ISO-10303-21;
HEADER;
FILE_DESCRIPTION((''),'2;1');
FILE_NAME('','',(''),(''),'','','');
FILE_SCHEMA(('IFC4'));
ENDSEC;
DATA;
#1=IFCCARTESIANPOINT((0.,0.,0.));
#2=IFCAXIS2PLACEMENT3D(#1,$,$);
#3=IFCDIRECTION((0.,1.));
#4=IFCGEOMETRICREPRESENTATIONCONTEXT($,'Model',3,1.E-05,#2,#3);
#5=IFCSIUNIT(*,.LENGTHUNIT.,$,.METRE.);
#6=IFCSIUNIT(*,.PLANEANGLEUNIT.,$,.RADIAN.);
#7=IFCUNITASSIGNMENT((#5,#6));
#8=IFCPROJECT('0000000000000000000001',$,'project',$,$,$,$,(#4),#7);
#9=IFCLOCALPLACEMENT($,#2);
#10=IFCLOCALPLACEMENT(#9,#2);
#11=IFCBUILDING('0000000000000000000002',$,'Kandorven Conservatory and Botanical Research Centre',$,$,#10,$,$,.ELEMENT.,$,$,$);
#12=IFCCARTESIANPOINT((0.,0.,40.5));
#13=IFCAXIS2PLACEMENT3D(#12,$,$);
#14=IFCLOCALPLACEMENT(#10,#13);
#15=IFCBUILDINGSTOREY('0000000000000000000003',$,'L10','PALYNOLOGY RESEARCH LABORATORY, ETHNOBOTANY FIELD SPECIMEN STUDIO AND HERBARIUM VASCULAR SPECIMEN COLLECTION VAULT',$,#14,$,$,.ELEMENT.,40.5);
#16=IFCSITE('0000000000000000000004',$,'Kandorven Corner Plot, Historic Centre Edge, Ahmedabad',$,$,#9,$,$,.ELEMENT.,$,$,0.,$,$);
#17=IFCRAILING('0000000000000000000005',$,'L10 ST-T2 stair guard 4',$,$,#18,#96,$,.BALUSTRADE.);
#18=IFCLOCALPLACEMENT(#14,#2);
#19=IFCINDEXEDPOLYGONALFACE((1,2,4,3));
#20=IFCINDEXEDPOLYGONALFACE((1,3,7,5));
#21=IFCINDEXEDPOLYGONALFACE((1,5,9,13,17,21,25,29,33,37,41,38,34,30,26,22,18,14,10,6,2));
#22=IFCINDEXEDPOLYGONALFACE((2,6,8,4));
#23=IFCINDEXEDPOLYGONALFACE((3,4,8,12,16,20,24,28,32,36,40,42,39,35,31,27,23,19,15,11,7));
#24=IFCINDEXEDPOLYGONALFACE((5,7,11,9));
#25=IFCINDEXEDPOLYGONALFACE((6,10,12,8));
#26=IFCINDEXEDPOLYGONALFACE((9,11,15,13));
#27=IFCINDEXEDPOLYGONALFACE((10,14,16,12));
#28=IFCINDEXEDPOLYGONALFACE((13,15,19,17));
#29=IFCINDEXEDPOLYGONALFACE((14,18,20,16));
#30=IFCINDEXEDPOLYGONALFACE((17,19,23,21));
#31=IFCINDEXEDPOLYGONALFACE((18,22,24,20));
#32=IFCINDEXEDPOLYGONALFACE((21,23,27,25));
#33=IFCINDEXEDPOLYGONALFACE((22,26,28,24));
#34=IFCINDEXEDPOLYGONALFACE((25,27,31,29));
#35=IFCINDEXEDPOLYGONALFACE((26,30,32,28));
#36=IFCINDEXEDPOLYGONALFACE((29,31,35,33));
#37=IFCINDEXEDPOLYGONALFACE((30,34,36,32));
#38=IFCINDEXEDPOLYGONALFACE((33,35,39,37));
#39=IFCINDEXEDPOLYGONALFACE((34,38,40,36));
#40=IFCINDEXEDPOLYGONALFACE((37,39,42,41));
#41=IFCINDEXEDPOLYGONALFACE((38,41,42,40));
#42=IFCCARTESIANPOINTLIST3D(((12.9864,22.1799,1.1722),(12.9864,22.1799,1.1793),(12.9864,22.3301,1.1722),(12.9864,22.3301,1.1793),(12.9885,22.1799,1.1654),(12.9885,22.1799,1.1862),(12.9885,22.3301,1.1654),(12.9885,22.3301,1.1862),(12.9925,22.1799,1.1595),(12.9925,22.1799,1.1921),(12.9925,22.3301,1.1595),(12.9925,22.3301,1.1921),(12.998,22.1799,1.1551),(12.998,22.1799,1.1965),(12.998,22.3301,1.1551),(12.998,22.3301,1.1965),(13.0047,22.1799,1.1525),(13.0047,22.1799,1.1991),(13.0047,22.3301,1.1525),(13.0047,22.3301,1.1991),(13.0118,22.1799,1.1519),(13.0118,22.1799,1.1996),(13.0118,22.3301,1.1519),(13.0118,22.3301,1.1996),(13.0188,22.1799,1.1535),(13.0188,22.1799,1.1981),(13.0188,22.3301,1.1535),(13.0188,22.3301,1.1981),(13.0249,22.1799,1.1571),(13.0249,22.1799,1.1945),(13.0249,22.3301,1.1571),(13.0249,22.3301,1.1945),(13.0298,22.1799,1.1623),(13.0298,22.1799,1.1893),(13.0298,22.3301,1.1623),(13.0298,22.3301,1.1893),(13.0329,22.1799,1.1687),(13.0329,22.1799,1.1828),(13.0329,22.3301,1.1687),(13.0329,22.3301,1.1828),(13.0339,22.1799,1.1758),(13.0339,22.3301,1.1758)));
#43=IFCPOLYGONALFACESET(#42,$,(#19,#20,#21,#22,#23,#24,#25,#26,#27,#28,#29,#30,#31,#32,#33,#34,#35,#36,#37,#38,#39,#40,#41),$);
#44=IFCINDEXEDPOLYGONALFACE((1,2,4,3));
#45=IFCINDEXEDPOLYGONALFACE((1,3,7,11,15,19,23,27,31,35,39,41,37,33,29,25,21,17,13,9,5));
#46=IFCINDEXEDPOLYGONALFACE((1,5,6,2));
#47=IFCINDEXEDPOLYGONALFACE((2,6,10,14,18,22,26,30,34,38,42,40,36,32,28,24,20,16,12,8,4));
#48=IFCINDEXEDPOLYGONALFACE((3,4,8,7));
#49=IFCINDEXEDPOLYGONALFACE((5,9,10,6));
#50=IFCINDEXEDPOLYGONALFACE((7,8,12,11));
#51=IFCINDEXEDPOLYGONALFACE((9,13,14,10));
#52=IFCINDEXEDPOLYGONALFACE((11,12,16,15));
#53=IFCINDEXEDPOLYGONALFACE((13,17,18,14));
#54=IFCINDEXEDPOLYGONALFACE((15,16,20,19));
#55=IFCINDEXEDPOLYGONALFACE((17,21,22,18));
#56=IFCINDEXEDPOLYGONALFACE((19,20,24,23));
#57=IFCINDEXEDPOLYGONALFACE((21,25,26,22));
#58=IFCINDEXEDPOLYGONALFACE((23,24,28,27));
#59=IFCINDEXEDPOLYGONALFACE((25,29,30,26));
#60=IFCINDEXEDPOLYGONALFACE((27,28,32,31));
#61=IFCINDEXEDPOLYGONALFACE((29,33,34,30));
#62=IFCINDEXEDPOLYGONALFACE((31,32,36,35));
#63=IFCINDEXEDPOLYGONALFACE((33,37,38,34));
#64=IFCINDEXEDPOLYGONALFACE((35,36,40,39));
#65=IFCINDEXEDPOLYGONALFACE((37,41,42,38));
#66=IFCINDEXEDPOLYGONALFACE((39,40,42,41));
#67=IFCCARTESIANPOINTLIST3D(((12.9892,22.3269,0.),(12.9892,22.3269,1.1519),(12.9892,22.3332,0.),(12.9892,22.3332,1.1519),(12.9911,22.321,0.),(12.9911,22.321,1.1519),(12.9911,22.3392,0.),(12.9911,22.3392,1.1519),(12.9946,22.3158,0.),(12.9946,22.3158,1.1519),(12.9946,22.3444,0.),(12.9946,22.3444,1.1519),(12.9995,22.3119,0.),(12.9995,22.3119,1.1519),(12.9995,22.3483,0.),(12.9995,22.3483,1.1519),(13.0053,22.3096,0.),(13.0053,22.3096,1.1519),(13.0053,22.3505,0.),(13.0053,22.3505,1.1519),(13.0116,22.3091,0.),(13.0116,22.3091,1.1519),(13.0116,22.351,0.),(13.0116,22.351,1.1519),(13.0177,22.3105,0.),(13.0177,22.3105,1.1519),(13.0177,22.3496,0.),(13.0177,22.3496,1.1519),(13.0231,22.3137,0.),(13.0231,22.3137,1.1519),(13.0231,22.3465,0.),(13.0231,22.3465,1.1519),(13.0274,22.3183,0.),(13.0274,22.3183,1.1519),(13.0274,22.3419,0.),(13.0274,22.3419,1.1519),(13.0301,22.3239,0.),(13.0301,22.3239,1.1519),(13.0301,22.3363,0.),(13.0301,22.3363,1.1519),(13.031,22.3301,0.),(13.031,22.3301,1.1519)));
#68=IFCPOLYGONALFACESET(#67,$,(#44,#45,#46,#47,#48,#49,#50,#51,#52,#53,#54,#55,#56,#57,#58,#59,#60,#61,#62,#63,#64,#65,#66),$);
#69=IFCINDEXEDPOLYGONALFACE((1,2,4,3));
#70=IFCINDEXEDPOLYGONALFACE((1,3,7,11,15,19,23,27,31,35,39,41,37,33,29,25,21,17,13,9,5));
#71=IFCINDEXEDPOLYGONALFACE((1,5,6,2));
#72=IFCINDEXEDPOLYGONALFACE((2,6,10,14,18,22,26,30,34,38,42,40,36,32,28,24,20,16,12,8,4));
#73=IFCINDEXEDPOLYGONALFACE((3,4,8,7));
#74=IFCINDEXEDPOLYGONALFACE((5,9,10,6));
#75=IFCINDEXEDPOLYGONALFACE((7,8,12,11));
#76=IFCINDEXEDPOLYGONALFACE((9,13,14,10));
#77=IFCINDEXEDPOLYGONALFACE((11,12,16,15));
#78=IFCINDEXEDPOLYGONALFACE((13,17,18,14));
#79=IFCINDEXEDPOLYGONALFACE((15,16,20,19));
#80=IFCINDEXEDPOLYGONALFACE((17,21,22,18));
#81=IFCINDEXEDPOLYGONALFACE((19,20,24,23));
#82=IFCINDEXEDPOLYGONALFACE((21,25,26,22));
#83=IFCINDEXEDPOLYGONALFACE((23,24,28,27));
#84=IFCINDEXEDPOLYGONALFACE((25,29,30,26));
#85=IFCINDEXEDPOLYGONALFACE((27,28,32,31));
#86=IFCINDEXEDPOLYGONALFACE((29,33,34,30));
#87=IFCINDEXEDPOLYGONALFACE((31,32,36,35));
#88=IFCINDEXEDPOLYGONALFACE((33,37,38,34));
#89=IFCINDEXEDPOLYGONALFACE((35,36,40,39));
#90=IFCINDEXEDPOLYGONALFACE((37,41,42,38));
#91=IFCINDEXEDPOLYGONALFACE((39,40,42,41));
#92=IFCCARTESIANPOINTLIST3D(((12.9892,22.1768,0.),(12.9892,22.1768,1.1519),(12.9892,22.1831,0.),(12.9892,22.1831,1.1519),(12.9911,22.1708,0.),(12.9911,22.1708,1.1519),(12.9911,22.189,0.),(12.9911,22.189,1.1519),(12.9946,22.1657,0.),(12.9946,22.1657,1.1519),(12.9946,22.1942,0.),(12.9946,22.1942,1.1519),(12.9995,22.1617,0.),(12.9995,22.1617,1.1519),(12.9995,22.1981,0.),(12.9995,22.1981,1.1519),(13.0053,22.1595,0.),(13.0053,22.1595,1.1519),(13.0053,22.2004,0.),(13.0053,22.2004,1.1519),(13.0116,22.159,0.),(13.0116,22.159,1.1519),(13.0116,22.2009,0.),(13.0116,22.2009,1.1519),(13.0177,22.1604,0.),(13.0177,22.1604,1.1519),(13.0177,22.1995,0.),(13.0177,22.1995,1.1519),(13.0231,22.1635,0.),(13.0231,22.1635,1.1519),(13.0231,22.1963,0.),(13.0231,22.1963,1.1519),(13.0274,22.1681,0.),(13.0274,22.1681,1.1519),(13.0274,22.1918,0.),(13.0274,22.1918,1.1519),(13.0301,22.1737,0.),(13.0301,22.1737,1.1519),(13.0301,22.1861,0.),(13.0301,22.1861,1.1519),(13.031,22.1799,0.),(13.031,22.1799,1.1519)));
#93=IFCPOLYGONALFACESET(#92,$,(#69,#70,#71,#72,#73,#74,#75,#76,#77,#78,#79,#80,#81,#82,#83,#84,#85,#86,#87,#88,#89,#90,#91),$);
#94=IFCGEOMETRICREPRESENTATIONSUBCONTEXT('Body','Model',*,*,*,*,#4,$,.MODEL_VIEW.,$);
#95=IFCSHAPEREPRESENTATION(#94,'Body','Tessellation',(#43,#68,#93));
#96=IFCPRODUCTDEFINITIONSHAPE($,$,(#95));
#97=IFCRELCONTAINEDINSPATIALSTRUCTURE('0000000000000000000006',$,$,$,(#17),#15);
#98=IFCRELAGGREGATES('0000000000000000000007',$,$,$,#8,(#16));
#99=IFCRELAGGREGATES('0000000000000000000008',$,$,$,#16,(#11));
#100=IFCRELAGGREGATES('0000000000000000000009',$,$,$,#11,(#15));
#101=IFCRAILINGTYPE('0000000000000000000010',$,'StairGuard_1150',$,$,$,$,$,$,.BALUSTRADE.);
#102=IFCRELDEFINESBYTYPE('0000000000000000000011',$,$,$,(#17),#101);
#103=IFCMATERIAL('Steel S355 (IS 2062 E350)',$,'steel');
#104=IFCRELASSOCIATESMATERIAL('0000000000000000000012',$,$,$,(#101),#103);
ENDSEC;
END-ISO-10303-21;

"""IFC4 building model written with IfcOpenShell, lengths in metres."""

from ifc_helpers import new_model, si_unit, direction, frame, origin, origin_2d, place, context, subcontext, project, spatial, circle, extrude, material, type_object, element, save


model = new_model("IFC4")

# Units and contexts
model_context = context("Model", 3, precision=1e-05, world=origin(), true_north=direction((0.0, 1.0)))
body_context = subcontext(model_context, "Body", "Model", "MODEL_VIEW")
ifc_project = project(units=[si_unit("LENGTHUNIT", "METRE"), si_unit("PLANEANGLEUNIT", "RADIAN")], contexts=[model_context])

# Site, building, storey
site_placement = place(None, origin())
site = spatial("IfcSite", under=ifc_project, at=site_placement, Name="Kandorven Corner Plot, Historic Centre Edge, Ahmedabad", CompositionType="ELEMENT", RefElevation=0.0)
building_placement = place(site_placement, origin())
building = spatial("IfcBuilding", under=site, at=building_placement, Name="Kandorven Conservatory and Botanical Research Centre", CompositionType="ELEMENT")
storey_placement = place(building_placement, frame((0.0, 0.0, 40.5)))
storey = spatial("IfcBuildingStorey", under=building, at=storey_placement, Name="L10", Description="PALYNOLOGY RESEARCH LABORATORY, ETHNOBOTANY FIELD SPECIMEN STUDIO AND HERBARIUM VASCULAR SPECIMEN COLLECTION VAULT", CompositionType="ELEMENT", Elevation=40.5)

# Railing
ifc_material_1 = material(Name="Steel S355 (IS 2062 E350)", Category="steel")
railing_type_1 = type_object("IfcRailingType", Name="StairGuard_1150", PredefinedType="BALUSTRADE", material=ifc_material_1)
railing_1_placement = place(storey_placement, frame((13.01, 22.3301, 0.0)))
element("IfcRailing", 1, at=railing_1_placement, inside=storey, type_object=railing_type_1, Name="L10 ST-T2 stair guard 4", PredefinedType="BALUSTRADE", context=body_context, shape_type="SweptSolid", body=[
    extrude(circle(Radius=0.0239, at=origin_2d()), frame((0.0, 0.0, 1.1758), z_axis=(0.0, -1.0, 0.0), x_axis=(1.0, 0.0, 0.0)), (0.0, 0.0, 1.0), 0.1501),
    extrude(circle(Radius=0.021, at=origin_2d()), origin(), (0.0, 0.0, 1.0), 1.1519),
    extrude(circle(Radius=0.021, at=origin_2d()), frame((0.0, -0.1501, 0.0)), (0.0, 0.0, 1.0), 1.1519),
])

save(model, "model.ifc")
